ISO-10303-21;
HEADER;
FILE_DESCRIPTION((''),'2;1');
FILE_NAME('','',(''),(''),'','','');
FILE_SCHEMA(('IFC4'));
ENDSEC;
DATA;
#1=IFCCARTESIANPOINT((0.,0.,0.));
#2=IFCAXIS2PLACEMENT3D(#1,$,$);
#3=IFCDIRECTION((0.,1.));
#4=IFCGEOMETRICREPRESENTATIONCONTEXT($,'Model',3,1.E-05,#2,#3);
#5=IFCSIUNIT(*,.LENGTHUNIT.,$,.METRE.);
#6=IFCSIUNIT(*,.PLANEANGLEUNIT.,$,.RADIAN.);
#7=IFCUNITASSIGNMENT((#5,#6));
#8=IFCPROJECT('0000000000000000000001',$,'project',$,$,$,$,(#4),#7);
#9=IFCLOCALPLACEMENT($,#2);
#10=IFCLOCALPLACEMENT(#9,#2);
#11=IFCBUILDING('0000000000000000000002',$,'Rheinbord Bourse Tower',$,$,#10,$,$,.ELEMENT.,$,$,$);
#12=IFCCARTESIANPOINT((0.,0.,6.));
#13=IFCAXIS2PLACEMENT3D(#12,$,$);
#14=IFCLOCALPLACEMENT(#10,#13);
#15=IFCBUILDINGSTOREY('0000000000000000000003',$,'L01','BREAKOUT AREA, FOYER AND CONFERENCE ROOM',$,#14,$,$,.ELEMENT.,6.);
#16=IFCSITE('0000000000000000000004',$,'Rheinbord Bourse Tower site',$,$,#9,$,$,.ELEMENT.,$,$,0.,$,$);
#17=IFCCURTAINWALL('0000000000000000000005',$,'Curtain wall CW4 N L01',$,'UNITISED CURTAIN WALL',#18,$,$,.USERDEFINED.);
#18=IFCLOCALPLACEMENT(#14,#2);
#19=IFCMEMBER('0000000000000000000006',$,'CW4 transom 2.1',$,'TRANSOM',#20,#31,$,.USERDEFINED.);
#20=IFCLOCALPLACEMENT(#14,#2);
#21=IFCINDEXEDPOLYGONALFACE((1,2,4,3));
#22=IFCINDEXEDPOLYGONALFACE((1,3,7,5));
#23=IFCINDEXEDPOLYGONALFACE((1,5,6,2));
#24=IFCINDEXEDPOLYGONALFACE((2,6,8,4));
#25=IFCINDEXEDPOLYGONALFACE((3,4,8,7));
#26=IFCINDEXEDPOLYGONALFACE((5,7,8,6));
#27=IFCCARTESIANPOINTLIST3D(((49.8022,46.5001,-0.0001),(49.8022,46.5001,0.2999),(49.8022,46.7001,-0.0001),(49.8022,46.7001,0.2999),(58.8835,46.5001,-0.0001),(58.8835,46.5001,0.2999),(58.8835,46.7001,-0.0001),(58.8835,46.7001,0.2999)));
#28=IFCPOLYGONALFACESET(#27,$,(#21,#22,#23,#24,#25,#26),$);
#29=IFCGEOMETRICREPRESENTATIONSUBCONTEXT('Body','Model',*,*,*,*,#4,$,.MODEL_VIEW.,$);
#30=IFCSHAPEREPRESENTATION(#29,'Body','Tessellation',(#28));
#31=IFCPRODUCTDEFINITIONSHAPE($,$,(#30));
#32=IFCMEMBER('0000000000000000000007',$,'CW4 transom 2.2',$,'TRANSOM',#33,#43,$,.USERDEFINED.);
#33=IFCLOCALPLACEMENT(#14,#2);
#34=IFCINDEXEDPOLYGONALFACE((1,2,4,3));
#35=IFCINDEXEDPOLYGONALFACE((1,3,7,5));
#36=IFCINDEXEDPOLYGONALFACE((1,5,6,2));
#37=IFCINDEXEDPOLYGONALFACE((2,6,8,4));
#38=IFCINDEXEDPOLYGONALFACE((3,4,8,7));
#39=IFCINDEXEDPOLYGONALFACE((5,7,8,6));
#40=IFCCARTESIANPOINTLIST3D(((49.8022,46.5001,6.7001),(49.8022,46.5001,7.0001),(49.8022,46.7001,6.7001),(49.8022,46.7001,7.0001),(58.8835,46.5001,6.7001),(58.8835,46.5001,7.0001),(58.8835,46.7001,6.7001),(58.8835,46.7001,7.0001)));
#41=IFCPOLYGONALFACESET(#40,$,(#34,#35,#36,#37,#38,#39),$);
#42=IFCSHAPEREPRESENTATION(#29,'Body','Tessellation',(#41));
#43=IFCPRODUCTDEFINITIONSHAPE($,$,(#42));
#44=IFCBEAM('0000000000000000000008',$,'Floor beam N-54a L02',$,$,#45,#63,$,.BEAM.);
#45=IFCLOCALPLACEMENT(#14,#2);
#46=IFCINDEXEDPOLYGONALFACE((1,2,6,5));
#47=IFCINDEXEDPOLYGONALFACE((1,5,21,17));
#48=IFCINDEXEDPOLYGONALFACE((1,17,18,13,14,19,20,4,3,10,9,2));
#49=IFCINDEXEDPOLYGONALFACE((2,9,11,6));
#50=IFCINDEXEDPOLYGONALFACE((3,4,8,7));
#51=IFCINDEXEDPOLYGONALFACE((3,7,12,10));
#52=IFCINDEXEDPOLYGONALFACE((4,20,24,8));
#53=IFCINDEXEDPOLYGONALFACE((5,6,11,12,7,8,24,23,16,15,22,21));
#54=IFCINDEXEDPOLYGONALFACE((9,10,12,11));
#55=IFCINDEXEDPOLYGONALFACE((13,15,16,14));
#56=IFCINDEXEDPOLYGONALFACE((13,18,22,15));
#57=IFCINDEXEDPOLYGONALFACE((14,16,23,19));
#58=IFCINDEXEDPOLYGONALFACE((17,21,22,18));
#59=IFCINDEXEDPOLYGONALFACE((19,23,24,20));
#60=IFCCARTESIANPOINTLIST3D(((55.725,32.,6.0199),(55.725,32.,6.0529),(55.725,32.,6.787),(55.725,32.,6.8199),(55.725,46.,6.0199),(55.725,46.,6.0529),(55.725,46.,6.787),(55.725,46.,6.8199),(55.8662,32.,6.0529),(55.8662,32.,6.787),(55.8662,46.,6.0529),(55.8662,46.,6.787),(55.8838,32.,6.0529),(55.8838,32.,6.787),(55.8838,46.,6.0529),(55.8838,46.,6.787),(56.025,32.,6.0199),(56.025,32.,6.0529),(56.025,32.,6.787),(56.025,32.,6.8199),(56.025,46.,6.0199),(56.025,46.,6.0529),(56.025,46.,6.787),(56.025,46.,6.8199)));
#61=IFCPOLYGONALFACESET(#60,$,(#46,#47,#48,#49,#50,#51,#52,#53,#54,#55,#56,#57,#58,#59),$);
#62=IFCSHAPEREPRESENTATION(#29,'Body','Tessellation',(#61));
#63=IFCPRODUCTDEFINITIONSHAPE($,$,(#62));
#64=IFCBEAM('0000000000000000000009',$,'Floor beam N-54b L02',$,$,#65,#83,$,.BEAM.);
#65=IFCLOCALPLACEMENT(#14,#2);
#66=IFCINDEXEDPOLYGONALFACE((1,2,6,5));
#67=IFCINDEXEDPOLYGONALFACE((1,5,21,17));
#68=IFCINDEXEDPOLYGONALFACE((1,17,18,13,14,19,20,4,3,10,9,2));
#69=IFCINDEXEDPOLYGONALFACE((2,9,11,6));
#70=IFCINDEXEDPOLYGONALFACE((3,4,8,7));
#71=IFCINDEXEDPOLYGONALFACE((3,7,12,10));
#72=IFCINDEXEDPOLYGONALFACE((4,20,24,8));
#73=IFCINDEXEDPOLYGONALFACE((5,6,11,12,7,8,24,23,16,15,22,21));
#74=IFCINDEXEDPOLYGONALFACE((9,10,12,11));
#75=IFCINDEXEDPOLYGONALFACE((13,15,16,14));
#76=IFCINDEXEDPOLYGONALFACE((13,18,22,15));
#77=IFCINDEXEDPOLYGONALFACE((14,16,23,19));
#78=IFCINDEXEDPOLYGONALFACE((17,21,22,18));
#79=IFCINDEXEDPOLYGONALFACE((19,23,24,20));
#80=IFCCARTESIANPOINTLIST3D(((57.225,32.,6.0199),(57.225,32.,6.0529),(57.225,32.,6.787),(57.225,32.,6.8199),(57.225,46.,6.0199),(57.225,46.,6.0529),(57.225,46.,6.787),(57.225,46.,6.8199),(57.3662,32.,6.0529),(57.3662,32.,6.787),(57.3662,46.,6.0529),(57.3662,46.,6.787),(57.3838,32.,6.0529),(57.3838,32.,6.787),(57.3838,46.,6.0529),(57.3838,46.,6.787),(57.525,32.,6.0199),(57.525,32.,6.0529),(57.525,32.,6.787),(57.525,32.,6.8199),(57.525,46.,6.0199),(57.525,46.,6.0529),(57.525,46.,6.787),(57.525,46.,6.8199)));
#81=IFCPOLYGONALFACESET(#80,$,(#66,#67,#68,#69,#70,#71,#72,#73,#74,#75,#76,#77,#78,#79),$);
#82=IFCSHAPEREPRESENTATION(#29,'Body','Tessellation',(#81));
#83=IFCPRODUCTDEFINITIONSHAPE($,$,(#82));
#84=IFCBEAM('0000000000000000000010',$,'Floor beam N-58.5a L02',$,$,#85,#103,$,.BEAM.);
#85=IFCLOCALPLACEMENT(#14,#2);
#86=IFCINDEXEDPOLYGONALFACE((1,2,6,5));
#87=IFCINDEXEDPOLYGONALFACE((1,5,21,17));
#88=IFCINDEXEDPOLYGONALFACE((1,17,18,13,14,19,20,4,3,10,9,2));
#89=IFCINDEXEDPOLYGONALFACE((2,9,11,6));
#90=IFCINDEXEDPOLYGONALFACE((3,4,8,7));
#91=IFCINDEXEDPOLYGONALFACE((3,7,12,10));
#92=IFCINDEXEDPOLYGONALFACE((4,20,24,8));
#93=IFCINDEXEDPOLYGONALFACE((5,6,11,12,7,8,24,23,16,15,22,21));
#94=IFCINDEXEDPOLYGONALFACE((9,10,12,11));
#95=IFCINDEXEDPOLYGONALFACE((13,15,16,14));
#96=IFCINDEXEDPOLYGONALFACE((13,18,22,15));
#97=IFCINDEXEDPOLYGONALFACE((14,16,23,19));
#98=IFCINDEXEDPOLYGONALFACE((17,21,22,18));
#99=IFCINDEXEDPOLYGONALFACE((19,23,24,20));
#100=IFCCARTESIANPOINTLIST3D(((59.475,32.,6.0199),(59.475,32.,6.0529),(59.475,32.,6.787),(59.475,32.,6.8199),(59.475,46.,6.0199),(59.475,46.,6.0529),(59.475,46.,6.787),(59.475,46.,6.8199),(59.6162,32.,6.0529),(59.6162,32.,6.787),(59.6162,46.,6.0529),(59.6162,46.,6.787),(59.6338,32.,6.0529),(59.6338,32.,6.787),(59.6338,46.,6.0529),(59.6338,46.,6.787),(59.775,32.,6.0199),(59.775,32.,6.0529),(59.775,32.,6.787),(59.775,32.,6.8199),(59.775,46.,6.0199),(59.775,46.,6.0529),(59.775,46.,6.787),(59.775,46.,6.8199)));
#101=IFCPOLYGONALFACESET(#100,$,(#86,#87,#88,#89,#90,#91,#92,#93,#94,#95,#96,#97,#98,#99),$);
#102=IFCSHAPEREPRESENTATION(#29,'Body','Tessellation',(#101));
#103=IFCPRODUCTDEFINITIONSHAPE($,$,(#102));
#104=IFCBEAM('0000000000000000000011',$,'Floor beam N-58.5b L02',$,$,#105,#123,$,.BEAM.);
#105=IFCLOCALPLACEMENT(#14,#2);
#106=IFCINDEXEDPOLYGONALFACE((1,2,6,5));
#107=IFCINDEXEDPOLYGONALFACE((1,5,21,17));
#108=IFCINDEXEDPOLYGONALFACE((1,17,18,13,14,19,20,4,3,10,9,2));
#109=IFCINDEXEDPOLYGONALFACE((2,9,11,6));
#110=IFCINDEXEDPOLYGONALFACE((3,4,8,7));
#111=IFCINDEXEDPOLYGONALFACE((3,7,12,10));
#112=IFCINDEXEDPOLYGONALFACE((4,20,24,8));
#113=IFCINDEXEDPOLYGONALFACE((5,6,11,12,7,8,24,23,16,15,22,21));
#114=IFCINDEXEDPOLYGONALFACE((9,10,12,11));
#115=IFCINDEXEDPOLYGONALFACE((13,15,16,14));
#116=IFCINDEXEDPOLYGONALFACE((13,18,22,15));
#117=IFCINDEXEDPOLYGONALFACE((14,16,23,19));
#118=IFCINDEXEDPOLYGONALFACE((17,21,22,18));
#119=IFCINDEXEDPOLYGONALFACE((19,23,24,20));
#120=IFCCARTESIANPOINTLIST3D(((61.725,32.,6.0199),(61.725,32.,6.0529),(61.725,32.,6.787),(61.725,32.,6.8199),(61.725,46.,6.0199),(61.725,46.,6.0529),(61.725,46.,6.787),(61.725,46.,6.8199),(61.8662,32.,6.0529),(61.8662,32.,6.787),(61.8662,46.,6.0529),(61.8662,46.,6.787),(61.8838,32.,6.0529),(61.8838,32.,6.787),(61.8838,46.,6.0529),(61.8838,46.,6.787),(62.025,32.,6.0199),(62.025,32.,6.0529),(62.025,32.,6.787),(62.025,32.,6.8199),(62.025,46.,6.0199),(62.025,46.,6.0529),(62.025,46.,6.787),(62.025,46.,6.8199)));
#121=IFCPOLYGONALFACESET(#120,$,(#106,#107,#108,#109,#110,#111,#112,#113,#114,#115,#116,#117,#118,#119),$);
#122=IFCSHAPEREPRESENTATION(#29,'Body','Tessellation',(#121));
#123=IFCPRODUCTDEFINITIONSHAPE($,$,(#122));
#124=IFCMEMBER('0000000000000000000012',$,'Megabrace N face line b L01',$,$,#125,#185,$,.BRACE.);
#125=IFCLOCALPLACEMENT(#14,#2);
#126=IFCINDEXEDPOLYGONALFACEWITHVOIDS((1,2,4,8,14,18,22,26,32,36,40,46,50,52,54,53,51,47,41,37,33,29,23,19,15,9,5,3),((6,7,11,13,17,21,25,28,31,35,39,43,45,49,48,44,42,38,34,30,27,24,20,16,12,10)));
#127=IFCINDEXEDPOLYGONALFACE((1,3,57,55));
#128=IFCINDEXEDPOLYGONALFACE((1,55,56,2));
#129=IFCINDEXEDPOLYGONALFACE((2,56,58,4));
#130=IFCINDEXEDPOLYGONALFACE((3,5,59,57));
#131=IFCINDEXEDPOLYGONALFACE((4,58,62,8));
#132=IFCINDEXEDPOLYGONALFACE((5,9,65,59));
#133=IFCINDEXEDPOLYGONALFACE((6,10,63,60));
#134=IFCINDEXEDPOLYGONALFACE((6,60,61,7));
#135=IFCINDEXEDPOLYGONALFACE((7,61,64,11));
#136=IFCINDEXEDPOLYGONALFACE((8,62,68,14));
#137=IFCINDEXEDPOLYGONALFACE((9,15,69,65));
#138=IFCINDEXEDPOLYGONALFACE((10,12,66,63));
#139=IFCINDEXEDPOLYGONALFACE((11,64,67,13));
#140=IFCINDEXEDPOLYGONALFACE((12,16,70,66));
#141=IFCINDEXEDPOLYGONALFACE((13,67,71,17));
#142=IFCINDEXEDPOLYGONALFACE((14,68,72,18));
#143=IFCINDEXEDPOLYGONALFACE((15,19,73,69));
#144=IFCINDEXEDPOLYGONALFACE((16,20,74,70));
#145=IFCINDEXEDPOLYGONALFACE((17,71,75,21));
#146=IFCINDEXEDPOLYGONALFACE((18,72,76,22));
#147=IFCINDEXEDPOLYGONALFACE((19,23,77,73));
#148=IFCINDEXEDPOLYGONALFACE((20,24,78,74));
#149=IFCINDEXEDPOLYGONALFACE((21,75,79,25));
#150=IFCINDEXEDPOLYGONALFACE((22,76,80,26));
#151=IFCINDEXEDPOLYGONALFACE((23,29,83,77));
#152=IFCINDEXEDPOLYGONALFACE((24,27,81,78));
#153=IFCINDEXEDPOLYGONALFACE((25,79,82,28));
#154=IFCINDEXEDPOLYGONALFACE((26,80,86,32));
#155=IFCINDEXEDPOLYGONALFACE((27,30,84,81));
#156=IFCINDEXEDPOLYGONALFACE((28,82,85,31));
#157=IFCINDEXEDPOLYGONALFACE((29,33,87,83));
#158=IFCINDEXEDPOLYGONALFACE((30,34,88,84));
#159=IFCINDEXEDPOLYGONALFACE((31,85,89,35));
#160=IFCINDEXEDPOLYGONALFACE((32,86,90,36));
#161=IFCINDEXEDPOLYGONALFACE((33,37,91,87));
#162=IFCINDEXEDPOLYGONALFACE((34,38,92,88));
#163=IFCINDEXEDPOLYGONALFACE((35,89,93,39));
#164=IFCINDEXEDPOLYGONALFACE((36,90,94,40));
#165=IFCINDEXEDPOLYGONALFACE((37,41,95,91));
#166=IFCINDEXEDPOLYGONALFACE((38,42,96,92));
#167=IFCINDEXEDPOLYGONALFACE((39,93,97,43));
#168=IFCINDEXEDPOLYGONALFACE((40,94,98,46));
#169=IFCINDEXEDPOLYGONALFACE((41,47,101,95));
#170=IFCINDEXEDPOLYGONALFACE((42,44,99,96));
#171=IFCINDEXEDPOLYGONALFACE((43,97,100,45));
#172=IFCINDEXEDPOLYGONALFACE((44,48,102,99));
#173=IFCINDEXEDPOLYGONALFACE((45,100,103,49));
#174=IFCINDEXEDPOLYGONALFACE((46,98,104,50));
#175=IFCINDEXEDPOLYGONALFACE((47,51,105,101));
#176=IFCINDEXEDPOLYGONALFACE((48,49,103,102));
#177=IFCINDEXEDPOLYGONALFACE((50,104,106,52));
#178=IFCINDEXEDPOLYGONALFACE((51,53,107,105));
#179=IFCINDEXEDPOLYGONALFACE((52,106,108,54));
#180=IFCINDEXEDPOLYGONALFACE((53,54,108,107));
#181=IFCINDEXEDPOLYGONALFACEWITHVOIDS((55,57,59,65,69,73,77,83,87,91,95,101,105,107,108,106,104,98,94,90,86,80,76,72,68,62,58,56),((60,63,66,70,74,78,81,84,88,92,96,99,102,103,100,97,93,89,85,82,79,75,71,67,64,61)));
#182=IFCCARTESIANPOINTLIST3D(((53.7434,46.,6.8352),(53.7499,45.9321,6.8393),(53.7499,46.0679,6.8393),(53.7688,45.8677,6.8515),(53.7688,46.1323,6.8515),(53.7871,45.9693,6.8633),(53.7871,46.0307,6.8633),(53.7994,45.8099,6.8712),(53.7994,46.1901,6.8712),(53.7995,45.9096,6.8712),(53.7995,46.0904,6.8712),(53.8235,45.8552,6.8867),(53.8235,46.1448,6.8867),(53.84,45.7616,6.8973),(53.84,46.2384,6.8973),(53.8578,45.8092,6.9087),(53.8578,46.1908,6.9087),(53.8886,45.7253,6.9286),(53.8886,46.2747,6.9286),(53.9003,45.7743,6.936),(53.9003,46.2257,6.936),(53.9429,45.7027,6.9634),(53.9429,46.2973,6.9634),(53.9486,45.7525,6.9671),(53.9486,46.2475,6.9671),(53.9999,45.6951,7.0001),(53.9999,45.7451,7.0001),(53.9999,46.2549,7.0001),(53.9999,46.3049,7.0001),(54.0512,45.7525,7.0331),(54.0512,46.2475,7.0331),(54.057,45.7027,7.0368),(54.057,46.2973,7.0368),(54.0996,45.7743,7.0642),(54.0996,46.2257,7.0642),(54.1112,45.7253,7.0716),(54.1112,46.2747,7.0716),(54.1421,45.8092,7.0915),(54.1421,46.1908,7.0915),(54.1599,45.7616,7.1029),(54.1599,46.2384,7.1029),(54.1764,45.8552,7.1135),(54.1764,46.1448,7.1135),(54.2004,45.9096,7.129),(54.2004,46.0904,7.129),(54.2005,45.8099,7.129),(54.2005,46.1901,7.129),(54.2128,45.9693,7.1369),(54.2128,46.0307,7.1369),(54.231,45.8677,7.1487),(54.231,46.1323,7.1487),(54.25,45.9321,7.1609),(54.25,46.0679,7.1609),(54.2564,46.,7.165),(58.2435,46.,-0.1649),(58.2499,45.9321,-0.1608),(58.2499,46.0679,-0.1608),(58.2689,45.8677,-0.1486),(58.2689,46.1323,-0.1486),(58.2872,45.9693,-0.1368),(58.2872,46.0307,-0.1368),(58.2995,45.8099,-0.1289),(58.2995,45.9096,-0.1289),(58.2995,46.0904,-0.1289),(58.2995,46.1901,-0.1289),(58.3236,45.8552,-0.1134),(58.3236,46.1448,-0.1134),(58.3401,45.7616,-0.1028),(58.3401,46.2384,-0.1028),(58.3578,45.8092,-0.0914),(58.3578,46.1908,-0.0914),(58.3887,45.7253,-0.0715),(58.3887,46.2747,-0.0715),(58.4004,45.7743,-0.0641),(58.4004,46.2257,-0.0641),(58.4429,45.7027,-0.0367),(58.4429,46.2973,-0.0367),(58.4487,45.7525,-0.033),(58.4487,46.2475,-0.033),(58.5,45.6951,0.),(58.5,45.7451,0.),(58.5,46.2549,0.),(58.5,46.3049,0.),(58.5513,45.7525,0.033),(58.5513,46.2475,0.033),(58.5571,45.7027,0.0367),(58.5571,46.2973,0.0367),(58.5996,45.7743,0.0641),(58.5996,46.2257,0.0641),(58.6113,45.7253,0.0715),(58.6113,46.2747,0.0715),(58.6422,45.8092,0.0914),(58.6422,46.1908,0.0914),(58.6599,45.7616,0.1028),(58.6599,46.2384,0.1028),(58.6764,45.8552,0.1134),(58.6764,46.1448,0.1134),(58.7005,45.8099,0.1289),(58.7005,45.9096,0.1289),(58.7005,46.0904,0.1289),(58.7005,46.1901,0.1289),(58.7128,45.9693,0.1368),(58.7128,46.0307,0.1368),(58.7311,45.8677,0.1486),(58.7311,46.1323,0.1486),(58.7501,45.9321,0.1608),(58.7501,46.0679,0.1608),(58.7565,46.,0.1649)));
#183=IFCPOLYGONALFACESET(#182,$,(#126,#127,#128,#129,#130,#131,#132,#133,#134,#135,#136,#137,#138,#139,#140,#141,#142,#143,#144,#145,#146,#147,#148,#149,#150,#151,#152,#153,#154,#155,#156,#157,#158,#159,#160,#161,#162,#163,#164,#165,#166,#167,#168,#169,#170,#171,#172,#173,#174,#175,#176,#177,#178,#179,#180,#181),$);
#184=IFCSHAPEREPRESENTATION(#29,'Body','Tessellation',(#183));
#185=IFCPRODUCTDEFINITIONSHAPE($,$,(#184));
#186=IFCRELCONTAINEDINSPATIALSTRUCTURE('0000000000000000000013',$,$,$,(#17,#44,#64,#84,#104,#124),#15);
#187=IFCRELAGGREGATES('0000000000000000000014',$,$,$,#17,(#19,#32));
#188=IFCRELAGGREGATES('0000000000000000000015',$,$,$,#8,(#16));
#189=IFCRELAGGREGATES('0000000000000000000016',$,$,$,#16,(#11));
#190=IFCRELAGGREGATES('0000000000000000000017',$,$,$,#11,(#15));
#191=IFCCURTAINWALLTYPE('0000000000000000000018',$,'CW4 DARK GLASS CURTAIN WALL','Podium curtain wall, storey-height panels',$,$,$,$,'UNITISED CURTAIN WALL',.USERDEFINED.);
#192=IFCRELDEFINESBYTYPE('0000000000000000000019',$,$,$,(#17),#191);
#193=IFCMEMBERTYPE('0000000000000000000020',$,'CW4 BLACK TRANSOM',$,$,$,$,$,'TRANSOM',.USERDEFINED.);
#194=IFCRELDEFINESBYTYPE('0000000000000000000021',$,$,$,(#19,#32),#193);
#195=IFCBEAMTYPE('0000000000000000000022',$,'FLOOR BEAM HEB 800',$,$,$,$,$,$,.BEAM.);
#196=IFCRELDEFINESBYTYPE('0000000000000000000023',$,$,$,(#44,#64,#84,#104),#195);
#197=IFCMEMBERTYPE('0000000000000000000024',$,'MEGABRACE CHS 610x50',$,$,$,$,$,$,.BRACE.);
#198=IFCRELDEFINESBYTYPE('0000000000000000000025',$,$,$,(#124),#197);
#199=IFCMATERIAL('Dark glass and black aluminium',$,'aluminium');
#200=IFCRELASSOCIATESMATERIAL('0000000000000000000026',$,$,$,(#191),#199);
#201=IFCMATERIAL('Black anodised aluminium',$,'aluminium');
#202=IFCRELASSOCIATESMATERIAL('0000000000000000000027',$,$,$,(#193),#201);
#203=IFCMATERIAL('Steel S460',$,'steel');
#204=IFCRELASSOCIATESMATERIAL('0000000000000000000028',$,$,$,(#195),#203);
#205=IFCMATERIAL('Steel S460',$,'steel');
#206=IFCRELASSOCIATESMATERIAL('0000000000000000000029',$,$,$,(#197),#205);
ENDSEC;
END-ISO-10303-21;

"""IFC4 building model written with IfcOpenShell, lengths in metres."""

from ifc_helpers import new_model, si_unit, direction, frame, origin, origin_2d, place, context, subcontext, project, spatial, rectangle, hollow_circle, i_section, extrude, material, material_profile, profile_set, type_object, element, aggregate, save


model = new_model("IFC4")

# Units and contexts
model_context = context("Model", 3, precision=1e-05, world=origin(), true_north=direction((0.0, 1.0)))
body_context = subcontext(model_context, "Body", "Model", "MODEL_VIEW")
ifc_project = project(units=[si_unit("LENGTHUNIT", "METRE"), si_unit("PLANEANGLEUNIT", "RADIAN")], contexts=[model_context])

# Site, building, storey
site_placement = place(None, origin())
site = spatial("IfcSite", under=ifc_project, at=site_placement, Name="Rheinbord Bourse Tower site", CompositionType="ELEMENT", RefElevation=0.0)
building_placement = place(site_placement, origin())
building = spatial("IfcBuilding", under=site, at=building_placement, Name="Rheinbord Bourse Tower", CompositionType="ELEMENT")
storey_placement = place(building_placement, frame((0.0, 0.0, 6.0)))
storey = spatial("IfcBuildingStorey", under=building, at=storey_placement, Name="L01", Description="BREAKOUT AREA, FOYER AND CONFERENCE ROOM", CompositionType="ELEMENT", Elevation=6.0)

# Curtain wall
ifc_material_1 = material(Name="Dark glass and black aluminium", Category="aluminium")
curtain_wall_type = type_object("IfcCurtainWallType", Name="CW4 DARK GLASS CURTAIN WALL", Description="Podium curtain wall, storey-height panels", ElementType="UNITISED CURTAIN WALL", PredefinedType="USERDEFINED", material=ifc_material_1)
curtain_wall_1_placement = place(storey_placement, origin())
curtain_wall_1 = element("IfcCurtainWall", 1, at=curtain_wall_1_placement, inside=storey, type_object=curtain_wall_type, Name="Curtain wall CW4 N L01", ObjectType="UNITISED CURTAIN WALL", PredefinedType="USERDEFINED")

# Members
ifc_material_2 = material(Name="Black anodised aluminium", Category="aluminium")
ifc_material_profile_1 = material_profile(ifc_material_2, rectangle(XDim=0.2, YDim=0.3, at=origin_2d()), Name="CW4 TRANSOM 300x200")
ifc_profile_set_1 = profile_set([ifc_material_profile_1], Name="Black anodised aluminium")
member_type_1 = type_object("IfcMemberType", Name="CW4 BLACK TRANSOM", ElementType="TRANSOM", PredefinedType="USERDEFINED", material=ifc_profile_set_1)
member_1_placement = place(storey_placement, frame((58.8835, 46.6001, 0.1499), z_axis=(-1.0, 0.0, 0.0), x_axis=(0.0, -1.0, 0.0)))
member_1 = element("IfcMember", 2, at=member_1_placement, type_object=member_type_1, Name="CW4 transom 2.1", ObjectType="TRANSOM", PredefinedType="USERDEFINED", context=body_context, shape_type="SweptSolid", body=[
    extrude(rectangle(XDim=0.2, YDim=0.3, at=origin_2d()), origin(), (0.0, 0.0, 1.0), 9.0813),
])
member_2_placement = place(storey_placement, frame((58.8835, 46.6001, 6.8501), z_axis=(-1.0, 0.0, 0.0), x_axis=(0.0, -1.0, 0.0)))
member_2 = element("IfcMember", 3, at=member_2_placement, type_object=member_type_1, Name="CW4 transom 2.2", ObjectType="TRANSOM", PredefinedType="USERDEFINED", context=body_context, shape_type="SweptSolid", body=[
    extrude(rectangle(XDim=0.2, YDim=0.3, at=origin_2d()), origin(), (0.0, 0.0, 1.0), 9.0813),
])

# Beams
ifc_material_3 = material(Name="Steel S460", Category="steel")
ifc_material_profile_2 = material_profile(ifc_material_3, i_section(OverallWidth=0.3, OverallDepth=0.8, WebThickness=0.0176, FlangeThickness=0.033, at=origin_2d()), Name="HEB 800")
ifc_profile_set_2 = profile_set([ifc_material_profile_2], Name="Steel S460")
beam_type_1 = type_object("IfcBeamType", Name="FLOOR BEAM HEB 800", PredefinedType="BEAM", material=ifc_profile_set_2)
for number, where, z_axis, x_axis, name in (
    (4, (55.875, 46.0, 6.4199), (0.0, -1.0, 0.0), (1.0, 0.0, 0.0), "Floor beam N-54a L02"),
    (5, (57.375, 46.0, 6.4199), (0.0, -1.0, 0.0), (1.0, 0.0, 0.0), "Floor beam N-54b L02"),
    (6, (59.625, 46.0, 6.4199), (0.0, -1.0, 0.0), (1.0, 0.0, 0.0), "Floor beam N-58.5a L02"),
    (7, (61.875, 46.0, 6.4199), (0.0, -1.0, 0.0), (1.0, 0.0, 0.0), "Floor beam N-58.5b L02"),
):
    element("IfcBeam", number, at=place(storey_placement, frame(where, z_axis=z_axis, x_axis=x_axis)), inside=storey, type_object=beam_type_1, Name=name, PredefinedType="BEAM", context=body_context, shape_type="SweptSolid", body=[
        extrude(i_section(OverallWidth=0.3, OverallDepth=0.8, WebThickness=0.0176, FlangeThickness=0.033, at=origin_2d()), origin(), (0.0, 0.0, 1.0), 14.0),
    ])

# Member
ifc_material_4 = material(Name="Steel S460", Category="steel")
ifc_material_profile_3 = material_profile(ifc_material_4, hollow_circle(Radius=0.3049, WallThickness=0.05, at=origin_2d()), Name="CHS 610x50")
ifc_profile_set_3 = profile_set([ifc_material_profile_3], Name="Steel S460")
member_type_2 = type_object("IfcMemberType", Name="MEGABRACE CHS 610x50", PredefinedType="BRACE", material=ifc_profile_set_3)
member_3_placement = place(storey_placement, frame((58.5, 46.0, 0.0), z_axis=(-0.540758, 0.0, 0.841178), x_axis=(0.0, -1.0, 0.0)))
element("IfcMember", 8, at=member_3_placement, inside=storey, type_object=member_type_2, Name="Megabrace N face line b L01", PredefinedType="BRACE", context=body_context, shape_type="SweptSolid", body=[
    extrude(hollow_circle(Radius=0.3049, WallThickness=0.05, at=origin_2d()), origin(), (0.0, 0.0, 1.0), 8.3218),
])

aggregate(curtain_wall_1, [member_1, member_2])

save(model, "model.ifc")
